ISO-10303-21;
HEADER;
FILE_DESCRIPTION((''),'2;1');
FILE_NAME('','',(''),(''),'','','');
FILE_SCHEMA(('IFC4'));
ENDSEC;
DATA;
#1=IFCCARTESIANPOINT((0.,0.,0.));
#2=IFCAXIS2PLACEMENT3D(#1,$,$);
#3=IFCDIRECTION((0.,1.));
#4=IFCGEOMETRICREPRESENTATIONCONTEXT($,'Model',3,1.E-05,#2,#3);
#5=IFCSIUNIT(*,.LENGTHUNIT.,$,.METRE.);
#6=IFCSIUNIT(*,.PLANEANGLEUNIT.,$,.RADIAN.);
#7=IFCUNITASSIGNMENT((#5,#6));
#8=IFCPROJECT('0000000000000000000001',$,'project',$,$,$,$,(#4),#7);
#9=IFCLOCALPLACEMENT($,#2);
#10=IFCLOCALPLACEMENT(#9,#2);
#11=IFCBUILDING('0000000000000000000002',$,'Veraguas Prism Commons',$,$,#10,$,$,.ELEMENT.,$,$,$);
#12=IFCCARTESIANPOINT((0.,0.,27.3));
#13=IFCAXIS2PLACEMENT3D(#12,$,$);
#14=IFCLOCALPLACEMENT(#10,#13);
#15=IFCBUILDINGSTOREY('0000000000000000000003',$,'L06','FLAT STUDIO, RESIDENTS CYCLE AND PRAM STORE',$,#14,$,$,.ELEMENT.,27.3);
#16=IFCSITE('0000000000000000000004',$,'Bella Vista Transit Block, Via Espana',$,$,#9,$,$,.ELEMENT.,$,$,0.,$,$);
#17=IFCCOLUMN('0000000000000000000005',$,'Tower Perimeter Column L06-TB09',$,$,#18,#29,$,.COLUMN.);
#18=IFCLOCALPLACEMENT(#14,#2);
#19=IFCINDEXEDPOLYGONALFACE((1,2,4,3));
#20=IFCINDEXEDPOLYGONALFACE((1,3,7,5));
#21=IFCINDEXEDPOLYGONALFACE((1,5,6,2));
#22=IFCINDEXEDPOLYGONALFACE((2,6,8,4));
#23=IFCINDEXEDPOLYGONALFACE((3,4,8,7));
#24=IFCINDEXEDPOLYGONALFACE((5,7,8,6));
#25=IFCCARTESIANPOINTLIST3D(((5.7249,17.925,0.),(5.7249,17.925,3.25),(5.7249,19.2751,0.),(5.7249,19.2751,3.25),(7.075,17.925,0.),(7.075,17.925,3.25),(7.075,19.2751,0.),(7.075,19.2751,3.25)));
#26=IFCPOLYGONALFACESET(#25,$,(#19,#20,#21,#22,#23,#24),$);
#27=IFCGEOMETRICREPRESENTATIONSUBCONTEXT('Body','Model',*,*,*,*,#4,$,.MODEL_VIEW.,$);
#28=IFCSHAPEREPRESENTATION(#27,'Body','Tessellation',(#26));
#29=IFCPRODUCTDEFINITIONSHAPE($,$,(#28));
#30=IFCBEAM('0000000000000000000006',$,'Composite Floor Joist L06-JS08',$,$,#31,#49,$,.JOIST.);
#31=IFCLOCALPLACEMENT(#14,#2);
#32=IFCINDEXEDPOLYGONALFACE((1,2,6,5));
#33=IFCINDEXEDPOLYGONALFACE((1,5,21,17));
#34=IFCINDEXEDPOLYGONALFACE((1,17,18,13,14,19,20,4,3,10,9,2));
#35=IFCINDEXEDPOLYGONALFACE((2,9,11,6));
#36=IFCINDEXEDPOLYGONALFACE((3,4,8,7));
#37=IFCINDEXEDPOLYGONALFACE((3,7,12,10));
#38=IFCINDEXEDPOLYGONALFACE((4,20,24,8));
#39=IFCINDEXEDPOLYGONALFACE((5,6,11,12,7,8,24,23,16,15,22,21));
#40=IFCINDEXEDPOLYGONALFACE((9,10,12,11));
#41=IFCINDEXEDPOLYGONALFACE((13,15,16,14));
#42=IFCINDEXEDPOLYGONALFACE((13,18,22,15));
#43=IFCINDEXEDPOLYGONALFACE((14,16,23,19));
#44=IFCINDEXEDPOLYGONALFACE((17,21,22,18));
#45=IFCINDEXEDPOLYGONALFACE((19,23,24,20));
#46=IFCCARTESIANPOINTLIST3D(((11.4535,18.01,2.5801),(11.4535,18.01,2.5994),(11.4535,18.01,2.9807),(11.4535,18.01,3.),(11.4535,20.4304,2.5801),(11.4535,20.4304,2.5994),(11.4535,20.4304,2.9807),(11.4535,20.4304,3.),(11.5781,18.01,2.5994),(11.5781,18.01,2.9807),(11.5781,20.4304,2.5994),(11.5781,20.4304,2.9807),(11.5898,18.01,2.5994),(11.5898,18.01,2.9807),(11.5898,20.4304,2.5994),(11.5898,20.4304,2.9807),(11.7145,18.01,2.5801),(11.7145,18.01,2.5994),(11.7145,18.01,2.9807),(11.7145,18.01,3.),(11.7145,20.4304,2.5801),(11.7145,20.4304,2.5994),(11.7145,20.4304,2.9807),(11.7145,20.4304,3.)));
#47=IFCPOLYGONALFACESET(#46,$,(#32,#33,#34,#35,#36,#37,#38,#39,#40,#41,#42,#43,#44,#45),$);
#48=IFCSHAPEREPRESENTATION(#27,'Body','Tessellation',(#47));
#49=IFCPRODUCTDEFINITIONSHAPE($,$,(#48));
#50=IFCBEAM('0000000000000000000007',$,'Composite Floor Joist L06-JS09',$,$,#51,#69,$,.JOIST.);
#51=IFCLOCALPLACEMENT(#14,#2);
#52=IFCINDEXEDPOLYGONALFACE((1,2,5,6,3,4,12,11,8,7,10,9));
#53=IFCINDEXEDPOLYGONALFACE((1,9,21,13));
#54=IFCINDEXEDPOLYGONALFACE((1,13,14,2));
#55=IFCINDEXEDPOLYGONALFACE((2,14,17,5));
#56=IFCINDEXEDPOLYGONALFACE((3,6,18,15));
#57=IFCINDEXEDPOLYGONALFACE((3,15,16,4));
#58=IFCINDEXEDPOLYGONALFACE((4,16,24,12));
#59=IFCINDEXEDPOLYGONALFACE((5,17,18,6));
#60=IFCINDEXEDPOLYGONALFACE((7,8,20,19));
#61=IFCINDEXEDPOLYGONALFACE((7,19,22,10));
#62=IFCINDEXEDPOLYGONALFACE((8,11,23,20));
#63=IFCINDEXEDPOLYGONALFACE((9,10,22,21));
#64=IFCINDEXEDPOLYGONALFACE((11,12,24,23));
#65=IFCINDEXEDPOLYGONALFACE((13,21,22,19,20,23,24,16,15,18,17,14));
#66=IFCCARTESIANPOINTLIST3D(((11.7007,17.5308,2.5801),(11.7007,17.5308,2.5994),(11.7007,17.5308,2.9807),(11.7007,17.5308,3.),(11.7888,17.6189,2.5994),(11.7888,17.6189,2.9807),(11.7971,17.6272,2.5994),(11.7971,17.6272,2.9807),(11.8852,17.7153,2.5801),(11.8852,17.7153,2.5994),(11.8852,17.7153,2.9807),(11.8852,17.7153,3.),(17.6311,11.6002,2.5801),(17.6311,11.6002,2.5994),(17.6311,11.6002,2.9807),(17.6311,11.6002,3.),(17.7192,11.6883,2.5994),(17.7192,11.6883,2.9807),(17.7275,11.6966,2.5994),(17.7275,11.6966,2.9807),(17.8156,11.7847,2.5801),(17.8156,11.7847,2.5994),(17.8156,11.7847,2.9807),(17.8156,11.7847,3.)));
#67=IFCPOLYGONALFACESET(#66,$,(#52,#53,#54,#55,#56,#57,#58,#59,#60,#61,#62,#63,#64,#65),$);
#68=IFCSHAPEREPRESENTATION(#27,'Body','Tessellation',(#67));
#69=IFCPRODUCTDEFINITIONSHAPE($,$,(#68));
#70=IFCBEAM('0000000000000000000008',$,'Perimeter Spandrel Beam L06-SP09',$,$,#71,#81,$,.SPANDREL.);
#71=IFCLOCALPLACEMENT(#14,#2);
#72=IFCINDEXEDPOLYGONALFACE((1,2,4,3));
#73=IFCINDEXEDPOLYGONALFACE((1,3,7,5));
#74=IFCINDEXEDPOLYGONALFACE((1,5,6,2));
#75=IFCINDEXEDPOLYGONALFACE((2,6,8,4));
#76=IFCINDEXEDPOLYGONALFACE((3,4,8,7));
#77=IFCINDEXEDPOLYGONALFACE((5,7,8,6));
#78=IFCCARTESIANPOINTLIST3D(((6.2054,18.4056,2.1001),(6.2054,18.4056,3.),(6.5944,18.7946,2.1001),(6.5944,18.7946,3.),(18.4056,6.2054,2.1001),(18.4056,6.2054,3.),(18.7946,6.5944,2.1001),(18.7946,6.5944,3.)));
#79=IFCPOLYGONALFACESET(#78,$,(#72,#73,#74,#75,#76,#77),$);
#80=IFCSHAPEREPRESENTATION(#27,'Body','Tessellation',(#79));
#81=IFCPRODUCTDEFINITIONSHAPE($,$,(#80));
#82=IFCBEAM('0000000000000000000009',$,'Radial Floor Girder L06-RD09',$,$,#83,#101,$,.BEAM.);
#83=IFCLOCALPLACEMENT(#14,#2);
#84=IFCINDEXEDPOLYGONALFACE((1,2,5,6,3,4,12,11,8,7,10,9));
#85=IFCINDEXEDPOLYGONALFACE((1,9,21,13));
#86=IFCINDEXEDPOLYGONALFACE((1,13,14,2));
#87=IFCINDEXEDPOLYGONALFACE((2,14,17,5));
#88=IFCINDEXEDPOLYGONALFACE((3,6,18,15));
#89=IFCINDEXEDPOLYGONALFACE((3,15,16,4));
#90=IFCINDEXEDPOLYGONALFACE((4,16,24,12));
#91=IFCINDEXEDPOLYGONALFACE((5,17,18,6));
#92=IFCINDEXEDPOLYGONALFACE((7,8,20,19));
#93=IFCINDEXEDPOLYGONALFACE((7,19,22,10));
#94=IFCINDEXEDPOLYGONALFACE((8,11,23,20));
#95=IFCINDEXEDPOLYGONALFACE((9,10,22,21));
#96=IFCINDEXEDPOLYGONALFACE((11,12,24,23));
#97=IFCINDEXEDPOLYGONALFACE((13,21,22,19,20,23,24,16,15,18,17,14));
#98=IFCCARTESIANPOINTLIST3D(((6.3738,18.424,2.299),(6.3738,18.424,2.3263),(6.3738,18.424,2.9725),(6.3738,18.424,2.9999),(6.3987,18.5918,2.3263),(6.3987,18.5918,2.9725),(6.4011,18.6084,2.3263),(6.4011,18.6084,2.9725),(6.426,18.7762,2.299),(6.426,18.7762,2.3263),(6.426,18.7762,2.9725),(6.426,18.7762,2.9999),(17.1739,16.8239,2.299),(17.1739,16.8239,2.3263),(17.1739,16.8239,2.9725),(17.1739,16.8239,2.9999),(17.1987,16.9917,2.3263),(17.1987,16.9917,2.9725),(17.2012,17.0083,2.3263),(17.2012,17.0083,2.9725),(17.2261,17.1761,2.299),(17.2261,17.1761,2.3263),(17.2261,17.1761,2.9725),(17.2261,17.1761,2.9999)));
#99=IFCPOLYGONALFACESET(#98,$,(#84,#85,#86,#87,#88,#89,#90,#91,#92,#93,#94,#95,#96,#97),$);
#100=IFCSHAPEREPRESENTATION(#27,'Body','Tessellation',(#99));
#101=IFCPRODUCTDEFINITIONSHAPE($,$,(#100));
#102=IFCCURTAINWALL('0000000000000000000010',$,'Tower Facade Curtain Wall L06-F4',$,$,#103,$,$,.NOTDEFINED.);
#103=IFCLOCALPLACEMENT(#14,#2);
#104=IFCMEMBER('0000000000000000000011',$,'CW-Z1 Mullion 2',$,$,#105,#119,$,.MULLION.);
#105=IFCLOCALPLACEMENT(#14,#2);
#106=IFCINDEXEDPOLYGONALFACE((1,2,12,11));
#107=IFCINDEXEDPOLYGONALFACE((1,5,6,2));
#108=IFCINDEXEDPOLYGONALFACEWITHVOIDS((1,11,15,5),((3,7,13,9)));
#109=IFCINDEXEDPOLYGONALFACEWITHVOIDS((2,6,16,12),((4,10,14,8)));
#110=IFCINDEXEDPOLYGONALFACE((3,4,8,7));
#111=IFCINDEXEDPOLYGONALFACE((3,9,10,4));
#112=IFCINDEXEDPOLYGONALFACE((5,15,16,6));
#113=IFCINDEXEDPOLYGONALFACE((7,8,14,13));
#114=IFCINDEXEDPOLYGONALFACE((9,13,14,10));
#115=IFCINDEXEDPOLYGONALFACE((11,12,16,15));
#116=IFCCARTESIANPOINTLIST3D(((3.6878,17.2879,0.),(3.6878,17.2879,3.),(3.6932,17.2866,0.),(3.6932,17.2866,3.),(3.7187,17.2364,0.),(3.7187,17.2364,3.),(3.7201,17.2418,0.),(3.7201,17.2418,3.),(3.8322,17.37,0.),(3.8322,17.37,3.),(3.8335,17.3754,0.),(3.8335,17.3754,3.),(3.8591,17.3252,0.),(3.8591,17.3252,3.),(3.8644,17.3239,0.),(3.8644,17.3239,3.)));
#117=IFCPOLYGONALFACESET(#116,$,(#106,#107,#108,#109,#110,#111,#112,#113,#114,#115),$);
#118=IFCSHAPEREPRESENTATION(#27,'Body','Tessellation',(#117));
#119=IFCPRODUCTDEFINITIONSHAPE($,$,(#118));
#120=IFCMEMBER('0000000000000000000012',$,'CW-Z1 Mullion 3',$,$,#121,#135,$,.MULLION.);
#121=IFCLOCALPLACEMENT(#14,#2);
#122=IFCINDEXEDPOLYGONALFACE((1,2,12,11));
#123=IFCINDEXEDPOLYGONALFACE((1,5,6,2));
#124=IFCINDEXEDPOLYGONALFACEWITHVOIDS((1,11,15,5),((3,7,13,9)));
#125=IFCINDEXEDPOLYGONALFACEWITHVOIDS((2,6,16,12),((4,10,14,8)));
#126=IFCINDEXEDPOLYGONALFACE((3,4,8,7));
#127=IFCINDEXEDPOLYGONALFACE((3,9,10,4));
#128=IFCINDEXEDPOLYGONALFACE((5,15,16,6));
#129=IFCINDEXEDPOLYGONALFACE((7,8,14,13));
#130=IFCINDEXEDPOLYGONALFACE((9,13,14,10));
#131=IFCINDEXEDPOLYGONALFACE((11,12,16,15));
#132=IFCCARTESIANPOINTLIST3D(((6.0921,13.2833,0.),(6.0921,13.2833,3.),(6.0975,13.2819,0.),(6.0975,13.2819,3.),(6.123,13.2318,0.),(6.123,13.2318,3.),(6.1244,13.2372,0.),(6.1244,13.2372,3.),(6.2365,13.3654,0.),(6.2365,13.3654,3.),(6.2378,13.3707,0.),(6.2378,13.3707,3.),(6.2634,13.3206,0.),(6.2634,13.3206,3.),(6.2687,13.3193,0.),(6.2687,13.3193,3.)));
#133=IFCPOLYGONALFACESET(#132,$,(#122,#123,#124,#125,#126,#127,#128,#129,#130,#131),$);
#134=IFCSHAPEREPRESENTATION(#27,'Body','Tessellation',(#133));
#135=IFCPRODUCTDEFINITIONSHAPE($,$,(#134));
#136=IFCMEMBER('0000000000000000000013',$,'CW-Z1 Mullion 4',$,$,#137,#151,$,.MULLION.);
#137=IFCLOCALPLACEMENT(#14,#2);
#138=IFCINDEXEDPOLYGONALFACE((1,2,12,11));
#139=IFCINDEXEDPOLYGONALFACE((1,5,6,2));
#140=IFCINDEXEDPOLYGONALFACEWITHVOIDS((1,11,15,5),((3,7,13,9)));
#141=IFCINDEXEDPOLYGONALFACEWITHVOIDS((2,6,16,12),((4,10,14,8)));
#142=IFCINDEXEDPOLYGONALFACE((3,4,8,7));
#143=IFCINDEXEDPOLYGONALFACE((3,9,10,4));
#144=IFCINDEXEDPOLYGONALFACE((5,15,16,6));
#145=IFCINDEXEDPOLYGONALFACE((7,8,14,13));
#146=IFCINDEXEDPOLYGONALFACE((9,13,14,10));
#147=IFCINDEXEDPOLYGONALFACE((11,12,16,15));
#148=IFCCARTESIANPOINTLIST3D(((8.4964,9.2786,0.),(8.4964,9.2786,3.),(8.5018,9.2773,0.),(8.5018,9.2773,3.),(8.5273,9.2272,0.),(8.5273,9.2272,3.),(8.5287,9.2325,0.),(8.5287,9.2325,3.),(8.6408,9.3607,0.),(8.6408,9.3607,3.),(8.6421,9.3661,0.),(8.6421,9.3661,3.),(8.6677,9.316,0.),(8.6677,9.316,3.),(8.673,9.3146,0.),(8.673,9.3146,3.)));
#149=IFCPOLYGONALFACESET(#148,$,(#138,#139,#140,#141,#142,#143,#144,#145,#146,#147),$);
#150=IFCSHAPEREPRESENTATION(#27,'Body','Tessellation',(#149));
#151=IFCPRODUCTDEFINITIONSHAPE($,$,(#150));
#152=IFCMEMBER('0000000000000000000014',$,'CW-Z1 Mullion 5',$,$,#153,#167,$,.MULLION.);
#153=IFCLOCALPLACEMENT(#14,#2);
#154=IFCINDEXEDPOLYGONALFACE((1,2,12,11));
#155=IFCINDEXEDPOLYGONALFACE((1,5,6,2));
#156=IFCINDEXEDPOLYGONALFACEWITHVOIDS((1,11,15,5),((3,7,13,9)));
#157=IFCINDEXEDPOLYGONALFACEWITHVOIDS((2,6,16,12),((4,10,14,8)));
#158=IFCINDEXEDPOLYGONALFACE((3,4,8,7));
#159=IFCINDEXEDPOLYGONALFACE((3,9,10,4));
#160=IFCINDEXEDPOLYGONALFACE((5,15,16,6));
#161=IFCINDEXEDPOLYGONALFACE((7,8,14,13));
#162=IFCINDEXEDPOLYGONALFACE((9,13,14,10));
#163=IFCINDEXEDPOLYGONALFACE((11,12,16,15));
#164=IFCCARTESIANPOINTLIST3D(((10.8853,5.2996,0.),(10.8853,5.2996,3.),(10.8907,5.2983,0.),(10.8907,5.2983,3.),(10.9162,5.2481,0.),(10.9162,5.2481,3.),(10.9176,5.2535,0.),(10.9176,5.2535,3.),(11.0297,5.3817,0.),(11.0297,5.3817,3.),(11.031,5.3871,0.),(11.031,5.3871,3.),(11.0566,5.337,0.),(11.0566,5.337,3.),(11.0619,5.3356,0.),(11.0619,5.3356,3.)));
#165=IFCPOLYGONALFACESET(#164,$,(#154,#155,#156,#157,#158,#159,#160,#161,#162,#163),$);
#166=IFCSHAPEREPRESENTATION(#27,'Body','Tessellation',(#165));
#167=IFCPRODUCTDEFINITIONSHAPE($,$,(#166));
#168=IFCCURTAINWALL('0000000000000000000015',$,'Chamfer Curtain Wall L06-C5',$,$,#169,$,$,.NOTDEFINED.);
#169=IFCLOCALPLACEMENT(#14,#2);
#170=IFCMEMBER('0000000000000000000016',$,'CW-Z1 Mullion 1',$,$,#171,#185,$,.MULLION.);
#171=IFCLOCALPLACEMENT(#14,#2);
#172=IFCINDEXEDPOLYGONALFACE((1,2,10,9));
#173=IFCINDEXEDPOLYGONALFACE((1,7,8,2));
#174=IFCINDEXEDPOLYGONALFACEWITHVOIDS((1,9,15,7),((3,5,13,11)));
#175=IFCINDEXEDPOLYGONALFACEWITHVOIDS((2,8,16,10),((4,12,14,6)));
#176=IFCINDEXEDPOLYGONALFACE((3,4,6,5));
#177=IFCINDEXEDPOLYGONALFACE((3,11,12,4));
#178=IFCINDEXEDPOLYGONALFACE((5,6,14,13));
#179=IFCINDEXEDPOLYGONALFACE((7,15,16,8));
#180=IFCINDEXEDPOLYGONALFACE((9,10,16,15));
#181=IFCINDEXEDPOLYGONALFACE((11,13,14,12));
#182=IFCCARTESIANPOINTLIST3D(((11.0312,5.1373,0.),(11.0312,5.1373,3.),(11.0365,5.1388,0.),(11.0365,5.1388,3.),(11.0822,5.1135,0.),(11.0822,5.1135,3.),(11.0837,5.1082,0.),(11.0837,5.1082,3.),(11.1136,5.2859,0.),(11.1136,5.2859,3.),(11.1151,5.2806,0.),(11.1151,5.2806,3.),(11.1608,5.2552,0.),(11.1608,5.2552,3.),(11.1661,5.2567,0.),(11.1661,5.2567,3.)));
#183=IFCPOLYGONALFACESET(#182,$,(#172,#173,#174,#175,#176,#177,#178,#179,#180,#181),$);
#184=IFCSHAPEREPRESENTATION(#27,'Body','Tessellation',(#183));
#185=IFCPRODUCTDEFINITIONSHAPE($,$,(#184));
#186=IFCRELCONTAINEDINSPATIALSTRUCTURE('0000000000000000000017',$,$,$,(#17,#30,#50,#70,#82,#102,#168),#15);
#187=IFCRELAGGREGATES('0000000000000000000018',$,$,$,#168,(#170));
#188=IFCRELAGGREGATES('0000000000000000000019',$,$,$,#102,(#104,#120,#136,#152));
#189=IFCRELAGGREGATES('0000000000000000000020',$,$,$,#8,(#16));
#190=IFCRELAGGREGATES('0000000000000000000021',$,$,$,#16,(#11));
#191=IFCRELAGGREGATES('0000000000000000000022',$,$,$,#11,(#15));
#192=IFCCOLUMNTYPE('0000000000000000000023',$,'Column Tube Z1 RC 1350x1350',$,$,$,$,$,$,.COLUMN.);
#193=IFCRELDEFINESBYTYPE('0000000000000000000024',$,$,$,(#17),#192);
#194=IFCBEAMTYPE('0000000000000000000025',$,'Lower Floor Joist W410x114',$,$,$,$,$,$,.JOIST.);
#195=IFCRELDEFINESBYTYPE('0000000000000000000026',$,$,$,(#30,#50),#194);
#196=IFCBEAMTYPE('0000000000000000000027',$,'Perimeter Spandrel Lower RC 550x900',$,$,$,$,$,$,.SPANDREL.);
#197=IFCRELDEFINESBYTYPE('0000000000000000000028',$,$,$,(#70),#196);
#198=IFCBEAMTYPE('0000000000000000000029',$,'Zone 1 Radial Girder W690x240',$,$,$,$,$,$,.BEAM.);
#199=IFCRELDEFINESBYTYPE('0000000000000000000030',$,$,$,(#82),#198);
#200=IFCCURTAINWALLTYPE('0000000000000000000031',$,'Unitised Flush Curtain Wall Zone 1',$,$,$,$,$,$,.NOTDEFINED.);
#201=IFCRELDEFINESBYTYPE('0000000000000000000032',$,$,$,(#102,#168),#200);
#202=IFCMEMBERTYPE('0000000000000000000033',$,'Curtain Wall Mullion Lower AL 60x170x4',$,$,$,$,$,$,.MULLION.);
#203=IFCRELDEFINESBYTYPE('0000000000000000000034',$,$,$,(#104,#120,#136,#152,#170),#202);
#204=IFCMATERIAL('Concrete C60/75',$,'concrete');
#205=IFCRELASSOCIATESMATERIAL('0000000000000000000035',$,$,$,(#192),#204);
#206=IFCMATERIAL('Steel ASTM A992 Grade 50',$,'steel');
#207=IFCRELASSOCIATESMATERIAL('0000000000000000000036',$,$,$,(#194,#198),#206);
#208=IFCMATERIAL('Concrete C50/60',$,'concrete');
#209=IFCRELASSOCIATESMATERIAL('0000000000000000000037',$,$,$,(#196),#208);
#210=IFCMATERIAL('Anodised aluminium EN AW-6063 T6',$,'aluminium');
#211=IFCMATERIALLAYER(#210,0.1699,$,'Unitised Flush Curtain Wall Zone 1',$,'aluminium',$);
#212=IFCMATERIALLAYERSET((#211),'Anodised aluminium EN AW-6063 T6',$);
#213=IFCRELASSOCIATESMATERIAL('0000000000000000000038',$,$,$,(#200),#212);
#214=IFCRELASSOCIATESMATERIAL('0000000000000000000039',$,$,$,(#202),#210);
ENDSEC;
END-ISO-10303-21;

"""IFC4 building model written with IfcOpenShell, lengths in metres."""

from ifc_helpers import new_model, si_unit, direction, frame, origin, origin_2d, place, context, subcontext, project, spatial, rectangle, hollow_rectangle, i_section, extrude, source, transform, mapped, material, layer, layer_set, material_profile, profile_set, type_object, element, aggregate, save


model = new_model("IFC4")

# Units and contexts
model_context = context("Model", 3, precision=1e-05, world=origin(), true_north=direction((0.0, 1.0)))
body_context = subcontext(model_context, "Body", "Model", "MODEL_VIEW")
ifc_project = project(units=[si_unit("LENGTHUNIT", "METRE"), si_unit("PLANEANGLEUNIT", "RADIAN")], contexts=[model_context])

# Site, building, storey
site_placement = place(None, origin())
site = spatial("IfcSite", under=ifc_project, at=site_placement, Name="Bella Vista Transit Block, Via Espana", CompositionType="ELEMENT", RefElevation=0.0)
building_placement = place(site_placement, origin())
building = spatial("IfcBuilding", under=site, at=building_placement, Name="Veraguas Prism Commons", CompositionType="ELEMENT")
storey_placement = place(building_placement, frame((0.0, 0.0, 27.3)))
storey = spatial("IfcBuildingStorey", under=building, at=storey_placement, Name="L06", Description="FLAT STUDIO, RESIDENTS CYCLE AND PRAM STORE", CompositionType="ELEMENT", Elevation=27.3)

# Column
ifc_material_1 = material(Name="Concrete C60/75", Category="concrete")
ifc_material_profile_1 = material_profile(ifc_material_1, rectangle(XDim=1.3501, YDim=1.3501, at=origin_2d()), Name="RC1350X1350")
ifc_profile_set_1 = profile_set([ifc_material_profile_1], Name="Concrete C60/75")
column_type = type_object("IfcColumnType", Name="Column Tube Z1 RC 1350x1350", PredefinedType="COLUMN", material=ifc_profile_set_1)
column_placement = place(storey_placement, frame((6.3999, 18.6001, 0.0), z_axis=(0.0, 0.0, 1.0), x_axis=(1.0, 0.0, 0.0)))
element("IfcColumn", 1, at=column_placement, inside=storey, type_object=column_type, Name="Tower Perimeter Column L06-TB09", PredefinedType="COLUMN", context=body_context, shape_type="SweptSolid", body=[
    extrude(rectangle(XDim=1.3501, YDim=1.3501, at=origin_2d()), origin(), (0.0, 0.0, 1.0), 3.25),
])

# Beams
ifc_material_2 = material(Name="Steel ASTM A992 Grade 50", Category="steel")
ifc_material_profile_2 = material_profile(ifc_material_2, i_section(OverallWidth=0.261, OverallDepth=0.4199, WebThickness=0.0117, FlangeThickness=0.0193, at=origin_2d()), Name="W410X114")
ifc_profile_set_2 = profile_set([ifc_material_profile_2], Name="Steel ASTM A992 Grade 50")
beam_type_1 = type_object("IfcBeamType", Name="Lower Floor Joist W410x114", PredefinedType="JOIST", material=ifc_profile_set_2)
beam_1_placement = place(storey_placement, frame((11.584, 20.4304, 2.79), z_axis=(0.0, -1.0, 0.0), x_axis=(1.0, 0.0, 0.0)))
element("IfcBeam", 2, at=beam_1_placement, inside=storey, type_object=beam_type_1, Name="Composite Floor Joist L06-JS08", PredefinedType="JOIST", context=body_context, shape_type="SweptSolid", body=[
    extrude(i_section(OverallWidth=0.261, OverallDepth=0.4199, WebThickness=0.0117, FlangeThickness=0.0193, at=origin_2d()), origin(), (0.0, 0.0, 1.0), 2.4204),
])
beam_2_placement = place(storey_placement, frame((11.793, 17.623, 2.79), z_axis=(0.707092, -0.707121, 0.0), x_axis=(0.707121, 0.707092, 0.0)))
element("IfcBeam", 3, at=beam_2_placement, inside=storey, type_object=beam_type_1, Name="Composite Floor Joist L06-JS09", PredefinedType="JOIST", context=body_context, shape_type="SweptSolid", body=[
    extrude(i_section(OverallWidth=0.261, OverallDepth=0.4199, WebThickness=0.0117, FlangeThickness=0.0193, at=origin_2d()), origin(), (0.0, 0.0, 1.0), 8.387),
])
ifc_material_3 = material(Name="Concrete C50/60", Category="concrete")
ifc_material_profile_3 = material_profile(ifc_material_3, rectangle(XDim=0.55, YDim=0.8999, at=origin_2d()), Name="RC550X900")
ifc_profile_set_3 = profile_set([ifc_material_profile_3], Name="Concrete C50/60")
beam_type_2 = type_object("IfcBeamType", Name="Perimeter Spandrel Lower RC 550x900", PredefinedType="SPANDREL", material=ifc_profile_set_3)
beam_3_placement = place(storey_placement, frame((6.3999, 18.6001, 2.55), z_axis=(0.707107, -0.707107, 0.0), x_axis=(0.707107, 0.707107, 0.0)))
element("IfcBeam", 4, at=beam_3_placement, inside=storey, type_object=beam_type_2, Name="Perimeter Spandrel Beam L06-SP09", PredefinedType="SPANDREL", context=body_context, shape_type="SweptSolid", body=[
    extrude(rectangle(XDim=0.55, YDim=0.8999, at=origin_2d()), origin(), (0.0, 0.0, 1.0), 17.2537),
])
ifc_material_profile_4 = material_profile(ifc_material_2, i_section(OverallWidth=0.356, OverallDepth=0.7009, WebThickness=0.0168, FlangeThickness=0.0273, at=origin_2d()), Name="W690X240")
ifc_profile_set_4 = profile_set([ifc_material_profile_4], Name="Steel ASTM A992 Grade 50")
beam_type_3 = type_object("IfcBeamType", Name="Zone 1 Radial Girder W690x240", PredefinedType="BEAM", material=ifc_profile_set_4)
beam_4_placement = place(storey_placement, frame((6.3999, 18.6001, 2.6494), z_axis=(0.989202, -0.146557, 0.0), x_axis=(0.146557, 0.989202, 0.0)))
element("IfcBeam", 5, at=beam_4_placement, inside=storey, type_object=beam_type_3, Name="Radial Floor Girder L06-RD09", PredefinedType="BEAM", context=body_context, shape_type="SweptSolid", body=[
    extrude(i_section(OverallWidth=0.356, OverallDepth=0.7009, WebThickness=0.0168, FlangeThickness=0.0273, at=origin_2d()), origin(), (0.0, 0.0, 1.0), 10.918),
])

# Curtain walls, members
ifc_material_4 = material(Name="Anodised aluminium EN AW-6063 T6", Category="aluminium")
ifc_layer_1 = layer(ifc_material_4, 0.1699, Name="Unitised Flush Curtain Wall Zone 1", Category="aluminium")
ifc_layer_set_1 = layer_set([ifc_layer_1], Name="Anodised aluminium EN AW-6063 T6")
curtain_wall_type = type_object("IfcCurtainWallType", Name="Unitised Flush Curtain Wall Zone 1", PredefinedType="NOTDEFINED", material=ifc_layer_set_1)
curtain_wall_1_placement = place(storey_placement, origin())
curtain_wall_1 = element("IfcCurtainWall", 6, at=curtain_wall_1_placement, inside=storey, type_object=curtain_wall_type, Name="Tower Facade Curtain Wall L06-F4", PredefinedType="NOTDEFINED")
ifc_material_profile_5 = material_profile(ifc_material_4, hollow_rectangle(XDim=0.0601, YDim=0.1699, WallThickness=0.0039, at=origin_2d()), Name="AL60X170X4")
ifc_profile_set_5 = profile_set([ifc_material_profile_5], Name="Anodised aluminium EN AW-6063 T6")
member_type_1 = type_object("IfcMemberType", Name="Curtain Wall Mullion Lower AL 60x170x4", PredefinedType="MULLION", material=ifc_profile_set_5)
shared_shape_1 = source(origin(), body_context, "Body", "SweptSolid", [
    extrude(hollow_rectangle(XDim=0.0601, YDim=0.1699, WallThickness=0.0039, at=origin_2d()), origin(), (0.0, 0.0, 1.0), 3.0),
])
member_1_placement = place(storey_placement, frame((3.7761, 17.3059, 0.0), z_axis=(0.0, 0.0, 1.0), x_axis=(0.514734, -0.85735, 0.0)))
member_1 = element("IfcMember", 7, at=member_1_placement, type_object=member_type_1, Name="CW-Z1 Mullion 2", PredefinedType="MULLION", context=body_context, shape_type="MappedRepresentation", body=[
    mapped(shared_shape_1, transform((0.0, 0.0, 0.0), scale=1.0)),
])
member_2_placement = place(storey_placement, frame((6.1804, 13.3013, 0.0), z_axis=(0.0, 0.0, 1.0), x_axis=(0.514734, -0.85735, 0.0)))
member_2 = element("IfcMember", 8, at=member_2_placement, type_object=member_type_1, Name="CW-Z1 Mullion 3", PredefinedType="MULLION", context=body_context, shape_type="MappedRepresentation", body=[
    mapped(shared_shape_1, transform((0.0, 0.0, 0.0), scale=1.0)),
])
member_3_placement = place(storey_placement, frame((8.5847, 9.2966, 0.0), z_axis=(0.0, 0.0, 1.0), x_axis=(0.514734, -0.85735, 0.0)))
member_3 = element("IfcMember", 9, at=member_3_placement, type_object=member_type_1, Name="CW-Z1 Mullion 4", PredefinedType="MULLION", context=body_context, shape_type="MappedRepresentation", body=[
    mapped(shared_shape_1, transform((0.0, 0.0, 0.0), scale=1.0)),
])
member_4_placement = place(storey_placement, frame((10.9736, 5.3176, 0.0), z_axis=(0.0, 0.0, 1.0), x_axis=(0.514734, -0.85735, 0.0)))
member_4 = element("IfcMember", 10, at=member_4_placement, type_object=member_type_1, Name="CW-Z1 Mullion 5", PredefinedType="MULLION", context=body_context, shape_type="MappedRepresentation", body=[
    mapped(shared_shape_1, transform((0.0, 0.0, 0.0), scale=1.0)),
])
curtain_wall_2_placement = place(storey_placement, origin())
curtain_wall_2 = element("IfcCurtainWall", 11, at=curtain_wall_2_placement, inside=storey, type_object=curtain_wall_type, Name="Chamfer Curtain Wall L06-C5", PredefinedType="NOTDEFINED")
member_5_placement = place(storey_placement, frame((11.0986, 5.197, 0.0), z_axis=(0.0, 0.0, 1.0), x_axis=(0.874445, -0.485124, 0.0)))
member_5 = element("IfcMember", 12, at=member_5_placement, type_object=member_type_1, Name="CW-Z1 Mullion 1", PredefinedType="MULLION", context=body_context, shape_type="MappedRepresentation", body=[
    mapped(shared_shape_1, transform((0.0, 0.0, 0.0), scale=1.0)),
])
aggregate(curtain_wall_2, [member_5])

aggregate(curtain_wall_1, [member_1, member_2, member_3, member_4])

save(model, "model.ifc")
